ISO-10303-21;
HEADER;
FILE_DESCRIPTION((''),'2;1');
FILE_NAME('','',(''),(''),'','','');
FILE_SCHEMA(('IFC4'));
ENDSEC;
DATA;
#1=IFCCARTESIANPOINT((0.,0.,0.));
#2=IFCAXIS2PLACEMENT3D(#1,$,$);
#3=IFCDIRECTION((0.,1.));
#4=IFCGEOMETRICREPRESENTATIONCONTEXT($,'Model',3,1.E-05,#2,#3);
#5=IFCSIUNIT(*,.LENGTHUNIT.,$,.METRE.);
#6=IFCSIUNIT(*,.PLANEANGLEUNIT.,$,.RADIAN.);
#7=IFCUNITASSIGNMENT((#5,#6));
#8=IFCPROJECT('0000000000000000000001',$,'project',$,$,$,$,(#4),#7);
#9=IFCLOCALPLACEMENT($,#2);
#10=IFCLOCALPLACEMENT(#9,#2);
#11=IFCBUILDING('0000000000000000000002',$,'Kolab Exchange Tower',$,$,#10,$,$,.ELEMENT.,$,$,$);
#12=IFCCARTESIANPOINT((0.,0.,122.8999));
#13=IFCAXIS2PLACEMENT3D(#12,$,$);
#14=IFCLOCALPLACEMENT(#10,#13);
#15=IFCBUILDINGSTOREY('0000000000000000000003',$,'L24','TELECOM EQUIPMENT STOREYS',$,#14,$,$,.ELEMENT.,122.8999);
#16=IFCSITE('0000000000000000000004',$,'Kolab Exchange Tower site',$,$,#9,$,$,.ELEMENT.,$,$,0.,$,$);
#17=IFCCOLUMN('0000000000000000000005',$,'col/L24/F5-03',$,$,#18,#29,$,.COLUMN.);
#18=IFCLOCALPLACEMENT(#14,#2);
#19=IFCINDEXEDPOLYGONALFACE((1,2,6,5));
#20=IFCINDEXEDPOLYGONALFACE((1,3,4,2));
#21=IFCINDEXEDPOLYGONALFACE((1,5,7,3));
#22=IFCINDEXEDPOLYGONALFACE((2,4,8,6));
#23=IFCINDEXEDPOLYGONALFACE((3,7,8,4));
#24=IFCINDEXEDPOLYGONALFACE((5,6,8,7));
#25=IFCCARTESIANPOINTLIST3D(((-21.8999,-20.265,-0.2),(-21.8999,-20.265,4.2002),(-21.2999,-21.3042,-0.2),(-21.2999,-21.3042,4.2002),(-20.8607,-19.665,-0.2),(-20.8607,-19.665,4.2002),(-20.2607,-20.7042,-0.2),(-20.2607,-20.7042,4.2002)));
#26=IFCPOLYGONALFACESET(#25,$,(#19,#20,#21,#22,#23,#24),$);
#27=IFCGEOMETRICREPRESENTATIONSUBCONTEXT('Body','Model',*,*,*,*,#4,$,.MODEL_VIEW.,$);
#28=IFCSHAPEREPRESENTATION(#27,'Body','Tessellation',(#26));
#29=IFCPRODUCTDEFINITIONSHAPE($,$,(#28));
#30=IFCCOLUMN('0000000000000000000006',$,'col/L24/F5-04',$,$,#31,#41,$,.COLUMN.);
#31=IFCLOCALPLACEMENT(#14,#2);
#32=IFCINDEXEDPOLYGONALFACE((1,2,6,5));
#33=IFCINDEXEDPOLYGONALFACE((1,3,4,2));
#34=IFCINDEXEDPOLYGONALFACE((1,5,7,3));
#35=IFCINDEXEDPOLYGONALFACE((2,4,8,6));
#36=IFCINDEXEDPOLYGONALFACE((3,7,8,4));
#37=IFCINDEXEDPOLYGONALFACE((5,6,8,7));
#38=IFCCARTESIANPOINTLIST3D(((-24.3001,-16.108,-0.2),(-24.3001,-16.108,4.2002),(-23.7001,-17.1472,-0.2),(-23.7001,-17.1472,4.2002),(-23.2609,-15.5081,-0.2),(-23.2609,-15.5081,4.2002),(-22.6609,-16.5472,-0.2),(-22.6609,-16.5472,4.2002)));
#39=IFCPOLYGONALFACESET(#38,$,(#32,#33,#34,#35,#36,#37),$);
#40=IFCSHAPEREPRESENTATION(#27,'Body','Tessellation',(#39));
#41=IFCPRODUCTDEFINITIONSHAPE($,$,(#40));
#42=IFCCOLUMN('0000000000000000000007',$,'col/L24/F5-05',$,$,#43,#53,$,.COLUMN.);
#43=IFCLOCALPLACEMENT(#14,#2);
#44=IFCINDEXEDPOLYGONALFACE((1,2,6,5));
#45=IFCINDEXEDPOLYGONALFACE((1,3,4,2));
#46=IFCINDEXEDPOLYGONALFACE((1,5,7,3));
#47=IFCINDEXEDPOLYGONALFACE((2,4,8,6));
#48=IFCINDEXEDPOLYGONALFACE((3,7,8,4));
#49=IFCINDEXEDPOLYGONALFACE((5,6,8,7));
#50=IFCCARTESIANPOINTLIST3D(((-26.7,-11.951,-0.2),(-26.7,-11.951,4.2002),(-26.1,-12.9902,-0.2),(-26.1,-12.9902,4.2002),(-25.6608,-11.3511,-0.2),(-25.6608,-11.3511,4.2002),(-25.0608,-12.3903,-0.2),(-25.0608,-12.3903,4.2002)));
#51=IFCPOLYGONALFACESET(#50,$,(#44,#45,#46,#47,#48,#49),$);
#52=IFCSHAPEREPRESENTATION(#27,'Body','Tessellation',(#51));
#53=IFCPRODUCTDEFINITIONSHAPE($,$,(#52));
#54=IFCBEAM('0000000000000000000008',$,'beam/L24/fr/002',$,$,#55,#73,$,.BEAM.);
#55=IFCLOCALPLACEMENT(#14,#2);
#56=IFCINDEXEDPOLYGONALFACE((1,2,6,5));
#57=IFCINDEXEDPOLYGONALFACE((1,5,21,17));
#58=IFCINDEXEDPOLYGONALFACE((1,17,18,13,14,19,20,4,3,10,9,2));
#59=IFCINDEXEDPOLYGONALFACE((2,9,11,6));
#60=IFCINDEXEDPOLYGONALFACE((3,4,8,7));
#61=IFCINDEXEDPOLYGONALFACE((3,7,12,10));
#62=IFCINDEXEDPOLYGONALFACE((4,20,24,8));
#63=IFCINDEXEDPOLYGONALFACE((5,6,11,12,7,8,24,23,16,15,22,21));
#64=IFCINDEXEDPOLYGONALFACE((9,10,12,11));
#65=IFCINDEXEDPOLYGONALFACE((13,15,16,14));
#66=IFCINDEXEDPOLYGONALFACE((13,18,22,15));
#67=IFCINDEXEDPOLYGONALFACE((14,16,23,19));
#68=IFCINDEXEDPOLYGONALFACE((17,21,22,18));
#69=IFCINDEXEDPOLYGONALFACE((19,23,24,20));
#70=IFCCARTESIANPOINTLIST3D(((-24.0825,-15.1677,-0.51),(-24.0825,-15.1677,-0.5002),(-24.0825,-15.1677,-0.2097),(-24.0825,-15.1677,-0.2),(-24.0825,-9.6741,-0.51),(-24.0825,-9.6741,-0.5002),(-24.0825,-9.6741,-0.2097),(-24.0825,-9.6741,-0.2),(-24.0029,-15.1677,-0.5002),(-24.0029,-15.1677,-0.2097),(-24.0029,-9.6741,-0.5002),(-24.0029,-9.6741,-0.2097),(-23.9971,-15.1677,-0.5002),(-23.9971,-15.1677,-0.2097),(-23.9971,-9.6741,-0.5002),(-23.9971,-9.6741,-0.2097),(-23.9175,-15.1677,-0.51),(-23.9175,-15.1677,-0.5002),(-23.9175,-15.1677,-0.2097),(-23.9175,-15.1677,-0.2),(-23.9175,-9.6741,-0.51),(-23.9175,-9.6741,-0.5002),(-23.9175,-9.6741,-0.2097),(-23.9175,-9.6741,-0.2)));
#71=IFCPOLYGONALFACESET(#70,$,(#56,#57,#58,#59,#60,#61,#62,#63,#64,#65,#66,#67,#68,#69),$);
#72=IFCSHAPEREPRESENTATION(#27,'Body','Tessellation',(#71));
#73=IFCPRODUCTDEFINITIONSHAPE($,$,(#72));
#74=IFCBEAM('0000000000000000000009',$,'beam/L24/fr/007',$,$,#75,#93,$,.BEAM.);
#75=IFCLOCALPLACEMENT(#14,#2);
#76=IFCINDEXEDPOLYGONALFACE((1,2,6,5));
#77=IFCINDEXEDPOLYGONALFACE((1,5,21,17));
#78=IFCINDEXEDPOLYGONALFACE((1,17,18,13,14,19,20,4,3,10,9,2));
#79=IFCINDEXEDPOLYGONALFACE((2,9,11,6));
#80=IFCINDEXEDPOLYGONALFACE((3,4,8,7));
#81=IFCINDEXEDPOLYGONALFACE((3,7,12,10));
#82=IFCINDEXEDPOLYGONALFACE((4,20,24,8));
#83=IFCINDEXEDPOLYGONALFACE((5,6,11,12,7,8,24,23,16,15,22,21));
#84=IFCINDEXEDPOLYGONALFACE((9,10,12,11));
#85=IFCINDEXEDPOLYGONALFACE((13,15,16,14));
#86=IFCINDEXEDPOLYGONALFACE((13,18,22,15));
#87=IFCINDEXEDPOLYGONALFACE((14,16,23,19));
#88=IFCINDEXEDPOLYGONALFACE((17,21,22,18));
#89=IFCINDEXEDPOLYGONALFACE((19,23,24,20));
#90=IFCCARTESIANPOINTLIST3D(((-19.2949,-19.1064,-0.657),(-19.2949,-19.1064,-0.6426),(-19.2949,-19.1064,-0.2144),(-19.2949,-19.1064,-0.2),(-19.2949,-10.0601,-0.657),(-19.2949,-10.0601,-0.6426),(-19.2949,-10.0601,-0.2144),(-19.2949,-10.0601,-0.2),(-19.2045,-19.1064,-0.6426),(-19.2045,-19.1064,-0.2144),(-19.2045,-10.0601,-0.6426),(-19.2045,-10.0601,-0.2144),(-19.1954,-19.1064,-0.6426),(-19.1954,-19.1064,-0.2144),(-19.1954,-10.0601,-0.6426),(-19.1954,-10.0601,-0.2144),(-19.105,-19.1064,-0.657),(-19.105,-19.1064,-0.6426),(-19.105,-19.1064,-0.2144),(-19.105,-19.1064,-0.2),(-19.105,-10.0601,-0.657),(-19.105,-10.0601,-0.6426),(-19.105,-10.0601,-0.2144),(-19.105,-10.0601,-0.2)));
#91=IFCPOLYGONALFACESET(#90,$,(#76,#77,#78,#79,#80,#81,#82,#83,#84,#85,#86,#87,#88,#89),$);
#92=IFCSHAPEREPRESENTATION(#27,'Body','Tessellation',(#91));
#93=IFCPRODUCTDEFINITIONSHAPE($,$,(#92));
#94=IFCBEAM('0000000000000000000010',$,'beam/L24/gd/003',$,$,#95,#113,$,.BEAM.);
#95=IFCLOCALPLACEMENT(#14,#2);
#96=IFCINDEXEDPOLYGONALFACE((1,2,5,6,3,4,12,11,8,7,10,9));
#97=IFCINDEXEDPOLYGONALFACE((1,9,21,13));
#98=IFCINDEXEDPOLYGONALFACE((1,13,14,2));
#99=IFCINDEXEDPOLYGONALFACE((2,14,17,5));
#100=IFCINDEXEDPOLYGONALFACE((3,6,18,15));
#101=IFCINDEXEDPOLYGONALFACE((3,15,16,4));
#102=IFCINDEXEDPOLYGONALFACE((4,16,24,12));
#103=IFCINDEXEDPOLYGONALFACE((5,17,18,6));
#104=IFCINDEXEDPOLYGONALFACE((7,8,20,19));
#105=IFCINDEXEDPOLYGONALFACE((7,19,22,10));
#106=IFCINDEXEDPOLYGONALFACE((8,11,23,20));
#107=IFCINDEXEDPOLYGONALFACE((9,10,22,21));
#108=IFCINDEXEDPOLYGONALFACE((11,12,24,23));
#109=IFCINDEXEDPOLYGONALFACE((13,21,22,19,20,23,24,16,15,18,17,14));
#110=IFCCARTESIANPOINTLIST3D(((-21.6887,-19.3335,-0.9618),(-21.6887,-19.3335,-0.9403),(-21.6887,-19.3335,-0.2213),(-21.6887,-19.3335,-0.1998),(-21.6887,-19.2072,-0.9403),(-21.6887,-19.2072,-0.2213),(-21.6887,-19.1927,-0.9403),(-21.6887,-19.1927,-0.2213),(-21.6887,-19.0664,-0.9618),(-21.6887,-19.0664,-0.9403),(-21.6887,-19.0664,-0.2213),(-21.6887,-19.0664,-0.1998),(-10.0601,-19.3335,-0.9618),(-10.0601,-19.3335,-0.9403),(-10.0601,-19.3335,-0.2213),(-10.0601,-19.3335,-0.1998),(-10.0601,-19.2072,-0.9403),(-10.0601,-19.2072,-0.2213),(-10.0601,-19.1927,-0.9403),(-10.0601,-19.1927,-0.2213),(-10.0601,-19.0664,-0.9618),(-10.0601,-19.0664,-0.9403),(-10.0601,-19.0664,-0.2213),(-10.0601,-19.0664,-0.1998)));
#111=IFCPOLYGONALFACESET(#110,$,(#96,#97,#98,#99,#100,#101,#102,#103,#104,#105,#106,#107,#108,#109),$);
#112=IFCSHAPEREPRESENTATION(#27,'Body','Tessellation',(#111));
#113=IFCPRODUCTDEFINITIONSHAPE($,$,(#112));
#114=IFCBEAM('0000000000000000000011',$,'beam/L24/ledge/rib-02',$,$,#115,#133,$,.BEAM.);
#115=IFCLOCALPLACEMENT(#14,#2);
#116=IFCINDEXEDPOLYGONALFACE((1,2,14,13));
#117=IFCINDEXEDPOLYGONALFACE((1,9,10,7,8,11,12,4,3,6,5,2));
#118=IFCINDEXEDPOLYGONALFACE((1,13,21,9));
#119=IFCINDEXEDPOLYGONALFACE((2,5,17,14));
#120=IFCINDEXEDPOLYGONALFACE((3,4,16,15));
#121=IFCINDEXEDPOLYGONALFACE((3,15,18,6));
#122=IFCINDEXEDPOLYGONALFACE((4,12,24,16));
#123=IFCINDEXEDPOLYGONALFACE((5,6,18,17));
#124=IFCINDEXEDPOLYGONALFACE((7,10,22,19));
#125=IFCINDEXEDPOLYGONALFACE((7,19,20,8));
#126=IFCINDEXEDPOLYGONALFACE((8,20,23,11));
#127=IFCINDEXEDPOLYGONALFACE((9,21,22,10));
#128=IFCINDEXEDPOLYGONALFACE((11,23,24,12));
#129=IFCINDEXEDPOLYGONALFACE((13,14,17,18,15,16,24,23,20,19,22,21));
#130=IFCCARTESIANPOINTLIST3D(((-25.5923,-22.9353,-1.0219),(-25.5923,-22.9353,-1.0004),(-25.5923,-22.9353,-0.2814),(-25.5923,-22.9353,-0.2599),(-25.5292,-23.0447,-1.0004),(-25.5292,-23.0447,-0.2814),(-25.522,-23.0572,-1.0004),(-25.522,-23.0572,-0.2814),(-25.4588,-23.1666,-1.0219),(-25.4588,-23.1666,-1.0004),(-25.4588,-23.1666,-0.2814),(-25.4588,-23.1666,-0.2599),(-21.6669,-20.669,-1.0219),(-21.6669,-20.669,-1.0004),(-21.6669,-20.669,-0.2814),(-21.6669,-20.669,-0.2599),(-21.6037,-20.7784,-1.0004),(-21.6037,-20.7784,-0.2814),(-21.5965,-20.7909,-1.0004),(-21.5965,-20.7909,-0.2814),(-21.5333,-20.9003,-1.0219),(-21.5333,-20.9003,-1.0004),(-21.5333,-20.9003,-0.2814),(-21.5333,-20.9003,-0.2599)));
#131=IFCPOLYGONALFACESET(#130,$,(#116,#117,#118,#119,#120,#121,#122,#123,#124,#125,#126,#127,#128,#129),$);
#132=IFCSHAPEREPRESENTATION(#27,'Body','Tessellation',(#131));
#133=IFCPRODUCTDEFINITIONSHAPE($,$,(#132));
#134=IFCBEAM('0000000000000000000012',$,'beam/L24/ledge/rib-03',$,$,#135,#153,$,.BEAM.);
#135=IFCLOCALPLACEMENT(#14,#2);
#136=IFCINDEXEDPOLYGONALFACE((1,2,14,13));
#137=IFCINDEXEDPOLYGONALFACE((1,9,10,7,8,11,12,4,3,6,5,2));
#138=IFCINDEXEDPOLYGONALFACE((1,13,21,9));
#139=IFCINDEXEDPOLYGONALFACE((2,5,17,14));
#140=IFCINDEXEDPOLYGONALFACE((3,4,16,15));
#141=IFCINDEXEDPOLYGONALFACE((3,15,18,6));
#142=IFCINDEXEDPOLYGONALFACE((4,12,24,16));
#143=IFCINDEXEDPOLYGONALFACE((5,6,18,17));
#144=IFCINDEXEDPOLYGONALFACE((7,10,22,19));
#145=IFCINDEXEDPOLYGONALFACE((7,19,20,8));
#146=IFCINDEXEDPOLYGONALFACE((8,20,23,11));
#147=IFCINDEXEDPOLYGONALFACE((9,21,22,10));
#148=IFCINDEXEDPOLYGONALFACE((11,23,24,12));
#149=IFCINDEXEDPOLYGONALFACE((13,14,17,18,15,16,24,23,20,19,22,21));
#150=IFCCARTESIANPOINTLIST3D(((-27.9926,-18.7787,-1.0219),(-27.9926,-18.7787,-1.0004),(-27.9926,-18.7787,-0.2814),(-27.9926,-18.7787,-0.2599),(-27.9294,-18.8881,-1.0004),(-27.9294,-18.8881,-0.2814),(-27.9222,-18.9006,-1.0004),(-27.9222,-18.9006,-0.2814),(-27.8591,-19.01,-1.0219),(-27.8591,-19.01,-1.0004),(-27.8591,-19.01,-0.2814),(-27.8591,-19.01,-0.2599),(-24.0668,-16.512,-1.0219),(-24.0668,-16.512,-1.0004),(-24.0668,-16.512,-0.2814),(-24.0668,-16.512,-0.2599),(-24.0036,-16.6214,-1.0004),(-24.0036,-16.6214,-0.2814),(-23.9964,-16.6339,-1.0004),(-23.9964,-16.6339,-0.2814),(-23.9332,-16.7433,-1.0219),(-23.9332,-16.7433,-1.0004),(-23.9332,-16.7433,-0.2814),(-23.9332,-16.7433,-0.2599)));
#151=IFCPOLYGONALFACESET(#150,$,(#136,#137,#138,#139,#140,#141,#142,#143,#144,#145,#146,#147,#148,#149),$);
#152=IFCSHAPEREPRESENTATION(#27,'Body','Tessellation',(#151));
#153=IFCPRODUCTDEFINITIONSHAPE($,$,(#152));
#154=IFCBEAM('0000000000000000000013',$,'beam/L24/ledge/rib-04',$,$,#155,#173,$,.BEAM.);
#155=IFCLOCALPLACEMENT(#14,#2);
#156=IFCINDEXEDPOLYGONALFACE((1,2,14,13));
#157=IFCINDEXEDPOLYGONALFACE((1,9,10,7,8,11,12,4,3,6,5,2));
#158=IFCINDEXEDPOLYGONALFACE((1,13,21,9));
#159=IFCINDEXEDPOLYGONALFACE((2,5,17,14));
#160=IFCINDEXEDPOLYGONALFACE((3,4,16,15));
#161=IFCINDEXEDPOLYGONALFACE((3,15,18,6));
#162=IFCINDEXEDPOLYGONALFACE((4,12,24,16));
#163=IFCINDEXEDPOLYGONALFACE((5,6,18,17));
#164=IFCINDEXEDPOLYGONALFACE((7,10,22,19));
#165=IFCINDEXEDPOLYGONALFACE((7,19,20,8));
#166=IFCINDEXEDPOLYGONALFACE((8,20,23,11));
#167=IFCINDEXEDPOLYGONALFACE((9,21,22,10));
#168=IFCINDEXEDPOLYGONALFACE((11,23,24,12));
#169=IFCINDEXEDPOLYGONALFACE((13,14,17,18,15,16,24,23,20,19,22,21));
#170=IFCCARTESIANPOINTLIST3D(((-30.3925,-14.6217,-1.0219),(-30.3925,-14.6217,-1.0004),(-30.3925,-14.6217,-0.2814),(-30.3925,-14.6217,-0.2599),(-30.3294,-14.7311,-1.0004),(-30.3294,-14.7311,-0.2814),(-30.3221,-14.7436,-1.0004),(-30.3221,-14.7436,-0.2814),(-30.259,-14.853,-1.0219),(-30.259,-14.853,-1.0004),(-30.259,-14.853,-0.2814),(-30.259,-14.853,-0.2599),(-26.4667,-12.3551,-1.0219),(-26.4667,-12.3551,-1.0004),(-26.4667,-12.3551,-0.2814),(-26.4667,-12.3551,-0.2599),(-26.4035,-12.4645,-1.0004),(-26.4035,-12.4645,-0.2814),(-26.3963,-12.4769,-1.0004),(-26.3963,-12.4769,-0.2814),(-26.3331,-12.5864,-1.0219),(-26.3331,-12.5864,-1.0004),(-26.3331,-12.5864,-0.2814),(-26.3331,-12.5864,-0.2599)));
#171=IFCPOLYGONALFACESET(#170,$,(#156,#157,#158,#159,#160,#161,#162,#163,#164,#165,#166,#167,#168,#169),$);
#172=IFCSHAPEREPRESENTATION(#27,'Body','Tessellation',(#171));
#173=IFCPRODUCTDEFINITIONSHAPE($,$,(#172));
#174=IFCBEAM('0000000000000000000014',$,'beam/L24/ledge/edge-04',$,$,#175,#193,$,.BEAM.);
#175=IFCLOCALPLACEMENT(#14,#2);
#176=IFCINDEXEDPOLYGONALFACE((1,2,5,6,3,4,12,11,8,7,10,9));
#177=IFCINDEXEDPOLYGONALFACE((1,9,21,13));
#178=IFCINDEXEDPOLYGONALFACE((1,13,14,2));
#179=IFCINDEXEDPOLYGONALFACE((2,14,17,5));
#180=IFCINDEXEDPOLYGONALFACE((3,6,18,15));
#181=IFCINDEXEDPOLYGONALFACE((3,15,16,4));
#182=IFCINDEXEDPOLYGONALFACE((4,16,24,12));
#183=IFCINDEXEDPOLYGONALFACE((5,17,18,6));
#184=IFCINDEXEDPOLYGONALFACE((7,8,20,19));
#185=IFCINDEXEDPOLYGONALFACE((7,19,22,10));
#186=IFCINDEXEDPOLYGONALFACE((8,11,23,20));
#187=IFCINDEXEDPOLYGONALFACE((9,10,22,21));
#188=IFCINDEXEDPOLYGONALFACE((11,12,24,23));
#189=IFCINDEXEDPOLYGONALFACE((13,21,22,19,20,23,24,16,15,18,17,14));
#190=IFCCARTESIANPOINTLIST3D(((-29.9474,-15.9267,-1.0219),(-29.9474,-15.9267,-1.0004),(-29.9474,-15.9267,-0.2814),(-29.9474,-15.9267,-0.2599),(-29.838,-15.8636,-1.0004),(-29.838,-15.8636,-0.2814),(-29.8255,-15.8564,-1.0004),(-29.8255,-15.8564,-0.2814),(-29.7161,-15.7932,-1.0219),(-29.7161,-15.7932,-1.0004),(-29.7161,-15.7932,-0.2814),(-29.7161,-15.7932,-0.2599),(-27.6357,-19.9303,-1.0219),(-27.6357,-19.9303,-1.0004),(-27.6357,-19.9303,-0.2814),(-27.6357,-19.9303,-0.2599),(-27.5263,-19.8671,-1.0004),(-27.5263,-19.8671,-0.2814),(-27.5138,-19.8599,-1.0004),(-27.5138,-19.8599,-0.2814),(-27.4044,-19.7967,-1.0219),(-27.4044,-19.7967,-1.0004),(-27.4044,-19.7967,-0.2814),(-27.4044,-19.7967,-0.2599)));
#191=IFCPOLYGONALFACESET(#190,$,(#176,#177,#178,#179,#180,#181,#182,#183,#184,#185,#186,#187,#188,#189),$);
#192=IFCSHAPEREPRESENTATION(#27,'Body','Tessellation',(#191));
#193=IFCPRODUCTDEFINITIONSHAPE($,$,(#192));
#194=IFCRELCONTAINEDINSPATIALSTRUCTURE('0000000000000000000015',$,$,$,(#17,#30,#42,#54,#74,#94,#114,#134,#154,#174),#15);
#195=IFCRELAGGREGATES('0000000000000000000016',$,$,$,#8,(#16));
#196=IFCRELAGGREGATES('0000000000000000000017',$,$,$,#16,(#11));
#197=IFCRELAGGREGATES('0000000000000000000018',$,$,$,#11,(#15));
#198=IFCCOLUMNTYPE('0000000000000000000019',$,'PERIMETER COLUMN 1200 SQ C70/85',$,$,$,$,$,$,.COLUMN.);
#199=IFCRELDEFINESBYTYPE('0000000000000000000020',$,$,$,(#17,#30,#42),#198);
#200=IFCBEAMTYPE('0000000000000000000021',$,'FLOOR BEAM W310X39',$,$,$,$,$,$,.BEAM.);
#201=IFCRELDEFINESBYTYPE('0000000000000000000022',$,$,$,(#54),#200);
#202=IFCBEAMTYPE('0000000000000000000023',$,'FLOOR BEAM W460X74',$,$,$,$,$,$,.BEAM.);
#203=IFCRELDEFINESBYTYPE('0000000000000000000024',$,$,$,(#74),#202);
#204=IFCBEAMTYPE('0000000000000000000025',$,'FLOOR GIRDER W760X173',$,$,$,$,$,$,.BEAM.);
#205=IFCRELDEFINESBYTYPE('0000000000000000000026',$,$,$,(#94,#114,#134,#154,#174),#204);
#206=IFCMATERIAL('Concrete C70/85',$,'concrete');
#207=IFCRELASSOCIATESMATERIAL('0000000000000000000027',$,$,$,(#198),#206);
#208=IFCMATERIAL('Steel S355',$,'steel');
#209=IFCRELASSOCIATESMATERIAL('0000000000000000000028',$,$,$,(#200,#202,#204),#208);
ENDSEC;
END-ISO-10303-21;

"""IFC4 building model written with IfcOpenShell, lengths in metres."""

from ifc_helpers import new_model, si_unit, direction, frame, origin, origin_2d, place, context, subcontext, project, spatial, rectangle, i_section, extrude, material, material_profile, profile_set, type_object, element, save


model = new_model("IFC4")

# Units and contexts
model_context = context("Model", 3, precision=1e-05, world=origin(), true_north=direction((0.0, 1.0)))
body_context = subcontext(model_context, "Body", "Model", "MODEL_VIEW")
ifc_project = project(units=[si_unit("LENGTHUNIT", "METRE"), si_unit("PLANEANGLEUNIT", "RADIAN")], contexts=[model_context])

# Site, building, storey
site_placement = place(None, origin())
site = spatial("IfcSite", under=ifc_project, at=site_placement, Name="Kolab Exchange Tower site", CompositionType="ELEMENT", RefElevation=0.0)
building_placement = place(site_placement, origin())
building = spatial("IfcBuilding", under=site, at=building_placement, Name="Kolab Exchange Tower", CompositionType="ELEMENT")
storey_placement = place(building_placement, frame((0.0, 0.0, 122.8999)))
storey = spatial("IfcBuildingStorey", under=building, at=storey_placement, Name="L24", Description="TELECOM EQUIPMENT STOREYS", CompositionType="ELEMENT", Elevation=122.8999)

# Columns
ifc_material_1 = material(Name="Concrete C70/85", Category="concrete")
ifc_material_profile_1 = material_profile(ifc_material_1, rectangle(XDim=1.2, YDim=1.2, at=origin_2d()), Name="RC1200")
ifc_profile_set_1 = profile_set([ifc_material_profile_1], Name="Concrete C70/85")
column_type = type_object("IfcColumnType", Name="PERIMETER COLUMN 1200 SQ C70/85", PredefinedType="COLUMN", material=ifc_profile_set_1)
for number, where, z_axis, x_axis, name in (
    (1, (-21.0803, -20.4846, -0.2), (0.0, 0.0, 1.0), (0.866025, 0.5, 0.0), "col/L24/F5-03"),
    (2, (-23.4805, -16.3276, -0.2), (0.0, 0.0, 1.0), (0.866025, 0.5, 0.0), "col/L24/F5-04"),
    (3, (-25.8804, -12.1707, -0.2), (0.0, 0.0, 1.0), (0.866025, 0.5, 0.0), "col/L24/F5-05"),
):
    element("IfcColumn", number, at=place(storey_placement, frame(where, z_axis=z_axis, x_axis=x_axis)), inside=storey, type_object=column_type, Name=name, PredefinedType="COLUMN", context=body_context, shape_type="SweptSolid", body=[
        extrude(rectangle(XDim=1.2, YDim=1.2, at=origin_2d()), origin(), (0.0, 0.0, 1.0), 4.4001),
    ])

# Beams
ifc_material_2 = material(Name="Steel S355", Category="steel")
ifc_material_profile_2 = material_profile(ifc_material_2, i_section(OverallWidth=0.165, OverallDepth=0.3101, WebThickness=0.0059, FlangeThickness=0.0098, at=origin_2d()), Name="W310X39")
ifc_profile_set_2 = profile_set([ifc_material_profile_2], Name="Steel S355")
beam_type_1 = type_object("IfcBeamType", Name="FLOOR BEAM W310X39", PredefinedType="BEAM", material=ifc_profile_set_2)
beam_1_placement = place(storey_placement, frame((-24.0, -15.1677, -0.355), z_axis=(0.0, 1.0, 0.0), x_axis=(-1.0, 0.0, 0.0)))
element("IfcBeam", 4, at=beam_1_placement, inside=storey, type_object=beam_type_1, Name="beam/L24/fr/002", PredefinedType="BEAM", context=body_context, shape_type="SweptSolid", body=[
    extrude(i_section(OverallWidth=0.165, OverallDepth=0.3101, WebThickness=0.0059, FlangeThickness=0.0098, at=origin_2d()), origin(), (0.0, 0.0, 1.0), 5.4937),
])
ifc_material_profile_3 = material_profile(ifc_material_2, i_section(OverallWidth=0.1899, OverallDepth=0.457, WebThickness=0.009, FlangeThickness=0.0144, at=origin_2d()), Name="W460X74")
ifc_profile_set_3 = profile_set([ifc_material_profile_3], Name="Steel S355")
beam_type_2 = type_object("IfcBeamType", Name="FLOOR BEAM W460X74", PredefinedType="BEAM", material=ifc_profile_set_3)
beam_2_placement = place(storey_placement, frame((-19.2, -19.1064, -0.4285), z_axis=(0.0, 1.0, 0.0), x_axis=(-1.0, 0.0, 0.0)))
element("IfcBeam", 5, at=beam_2_placement, inside=storey, type_object=beam_type_2, Name="beam/L24/fr/007", PredefinedType="BEAM", context=body_context, shape_type="SweptSolid", body=[
    extrude(i_section(OverallWidth=0.1899, OverallDepth=0.457, WebThickness=0.009, FlangeThickness=0.0144, at=origin_2d()), origin(), (0.0, 0.0, 1.0), 9.0464),
])
ifc_material_profile_4 = material_profile(ifc_material_2, i_section(OverallWidth=0.2671, OverallDepth=0.762, WebThickness=0.0144, FlangeThickness=0.0215, at=origin_2d()), Name="W760X173")
ifc_profile_set_4 = profile_set([ifc_material_profile_4], Name="Steel S355")
beam_type_3 = type_object("IfcBeamType", Name="FLOOR GIRDER W760X173", PredefinedType="BEAM", material=ifc_profile_set_4)
beam_3_placement = place(storey_placement, frame((-21.6887, -19.2, -0.5808), z_axis=(1.0, 0.0, 0.0), x_axis=(0.0, 1.0, 0.0)))
element("IfcBeam", 6, at=beam_3_placement, inside=storey, type_object=beam_type_3, Name="beam/L24/gd/003", PredefinedType="BEAM", context=body_context, shape_type="SweptSolid", body=[
    extrude(i_section(OverallWidth=0.2671, OverallDepth=0.762, WebThickness=0.0144, FlangeThickness=0.0215, at=origin_2d()), origin(), (0.0, 0.0, 1.0), 11.6287),
])
beam_4_placement = place(storey_placement, frame((-21.6001, -20.7847, -0.6409), z_axis=(-0.86603, -0.499991, 0.0), x_axis=(0.499991, -0.86603, 0.0)))
element("IfcBeam", 7, at=beam_4_placement, inside=storey, type_object=beam_type_3, Name="beam/L24/ledge/rib-02", PredefinedType="BEAM", context=body_context, shape_type="SweptSolid", body=[
    extrude(i_section(OverallWidth=0.2671, OverallDepth=0.762, WebThickness=0.0144, FlangeThickness=0.0215, at=origin_2d()), origin(), (0.0, 0.0, 1.0), 4.5327),
])
for number, where, z_axis, x_axis, name in (
    (8, (-24.0, -16.6277, -0.6409), (-0.866021, -0.500008, 0.0), (0.500008, -0.866021, 0.0), "beam/L24/ledge/rib-03"),
    (9, (-26.3999, -12.4707, -0.6409), (-0.866021, -0.500008, 0.0), (0.500008, -0.866021, 0.0), "beam/L24/ledge/rib-04"),
):
    element("IfcBeam", number, at=place(storey_placement, frame(where, z_axis=z_axis, x_axis=x_axis)), inside=storey, type_object=beam_type_3, Name=name, PredefinedType="BEAM", context=body_context, shape_type="SweptSolid", body=[
        extrude(i_section(OverallWidth=0.2671, OverallDepth=0.762, WebThickness=0.0144, FlangeThickness=0.0215, at=origin_2d()), origin(), (0.0, 0.0, 1.0), 4.5332),
    ])
beam_5_placement = place(storey_placement, frame((-27.52, -19.8635, -0.6409), z_axis=(-0.500041, 0.866002, 0.0), x_axis=(-0.866002, -0.500041, 0.0)))
element("IfcBeam", 10, at=beam_5_placement, inside=storey, type_object=beam_type_3, Name="beam/L24/ledge/edge-04", PredefinedType="BEAM", context=body_context, shape_type="SweptSolid", body=[
    extrude(i_section(OverallWidth=0.2671, OverallDepth=0.762, WebThickness=0.0144, FlangeThickness=0.0215, at=origin_2d()), origin(), (0.0, 0.0, 1.0), 4.623),
])

save(model, "model.ifc")
